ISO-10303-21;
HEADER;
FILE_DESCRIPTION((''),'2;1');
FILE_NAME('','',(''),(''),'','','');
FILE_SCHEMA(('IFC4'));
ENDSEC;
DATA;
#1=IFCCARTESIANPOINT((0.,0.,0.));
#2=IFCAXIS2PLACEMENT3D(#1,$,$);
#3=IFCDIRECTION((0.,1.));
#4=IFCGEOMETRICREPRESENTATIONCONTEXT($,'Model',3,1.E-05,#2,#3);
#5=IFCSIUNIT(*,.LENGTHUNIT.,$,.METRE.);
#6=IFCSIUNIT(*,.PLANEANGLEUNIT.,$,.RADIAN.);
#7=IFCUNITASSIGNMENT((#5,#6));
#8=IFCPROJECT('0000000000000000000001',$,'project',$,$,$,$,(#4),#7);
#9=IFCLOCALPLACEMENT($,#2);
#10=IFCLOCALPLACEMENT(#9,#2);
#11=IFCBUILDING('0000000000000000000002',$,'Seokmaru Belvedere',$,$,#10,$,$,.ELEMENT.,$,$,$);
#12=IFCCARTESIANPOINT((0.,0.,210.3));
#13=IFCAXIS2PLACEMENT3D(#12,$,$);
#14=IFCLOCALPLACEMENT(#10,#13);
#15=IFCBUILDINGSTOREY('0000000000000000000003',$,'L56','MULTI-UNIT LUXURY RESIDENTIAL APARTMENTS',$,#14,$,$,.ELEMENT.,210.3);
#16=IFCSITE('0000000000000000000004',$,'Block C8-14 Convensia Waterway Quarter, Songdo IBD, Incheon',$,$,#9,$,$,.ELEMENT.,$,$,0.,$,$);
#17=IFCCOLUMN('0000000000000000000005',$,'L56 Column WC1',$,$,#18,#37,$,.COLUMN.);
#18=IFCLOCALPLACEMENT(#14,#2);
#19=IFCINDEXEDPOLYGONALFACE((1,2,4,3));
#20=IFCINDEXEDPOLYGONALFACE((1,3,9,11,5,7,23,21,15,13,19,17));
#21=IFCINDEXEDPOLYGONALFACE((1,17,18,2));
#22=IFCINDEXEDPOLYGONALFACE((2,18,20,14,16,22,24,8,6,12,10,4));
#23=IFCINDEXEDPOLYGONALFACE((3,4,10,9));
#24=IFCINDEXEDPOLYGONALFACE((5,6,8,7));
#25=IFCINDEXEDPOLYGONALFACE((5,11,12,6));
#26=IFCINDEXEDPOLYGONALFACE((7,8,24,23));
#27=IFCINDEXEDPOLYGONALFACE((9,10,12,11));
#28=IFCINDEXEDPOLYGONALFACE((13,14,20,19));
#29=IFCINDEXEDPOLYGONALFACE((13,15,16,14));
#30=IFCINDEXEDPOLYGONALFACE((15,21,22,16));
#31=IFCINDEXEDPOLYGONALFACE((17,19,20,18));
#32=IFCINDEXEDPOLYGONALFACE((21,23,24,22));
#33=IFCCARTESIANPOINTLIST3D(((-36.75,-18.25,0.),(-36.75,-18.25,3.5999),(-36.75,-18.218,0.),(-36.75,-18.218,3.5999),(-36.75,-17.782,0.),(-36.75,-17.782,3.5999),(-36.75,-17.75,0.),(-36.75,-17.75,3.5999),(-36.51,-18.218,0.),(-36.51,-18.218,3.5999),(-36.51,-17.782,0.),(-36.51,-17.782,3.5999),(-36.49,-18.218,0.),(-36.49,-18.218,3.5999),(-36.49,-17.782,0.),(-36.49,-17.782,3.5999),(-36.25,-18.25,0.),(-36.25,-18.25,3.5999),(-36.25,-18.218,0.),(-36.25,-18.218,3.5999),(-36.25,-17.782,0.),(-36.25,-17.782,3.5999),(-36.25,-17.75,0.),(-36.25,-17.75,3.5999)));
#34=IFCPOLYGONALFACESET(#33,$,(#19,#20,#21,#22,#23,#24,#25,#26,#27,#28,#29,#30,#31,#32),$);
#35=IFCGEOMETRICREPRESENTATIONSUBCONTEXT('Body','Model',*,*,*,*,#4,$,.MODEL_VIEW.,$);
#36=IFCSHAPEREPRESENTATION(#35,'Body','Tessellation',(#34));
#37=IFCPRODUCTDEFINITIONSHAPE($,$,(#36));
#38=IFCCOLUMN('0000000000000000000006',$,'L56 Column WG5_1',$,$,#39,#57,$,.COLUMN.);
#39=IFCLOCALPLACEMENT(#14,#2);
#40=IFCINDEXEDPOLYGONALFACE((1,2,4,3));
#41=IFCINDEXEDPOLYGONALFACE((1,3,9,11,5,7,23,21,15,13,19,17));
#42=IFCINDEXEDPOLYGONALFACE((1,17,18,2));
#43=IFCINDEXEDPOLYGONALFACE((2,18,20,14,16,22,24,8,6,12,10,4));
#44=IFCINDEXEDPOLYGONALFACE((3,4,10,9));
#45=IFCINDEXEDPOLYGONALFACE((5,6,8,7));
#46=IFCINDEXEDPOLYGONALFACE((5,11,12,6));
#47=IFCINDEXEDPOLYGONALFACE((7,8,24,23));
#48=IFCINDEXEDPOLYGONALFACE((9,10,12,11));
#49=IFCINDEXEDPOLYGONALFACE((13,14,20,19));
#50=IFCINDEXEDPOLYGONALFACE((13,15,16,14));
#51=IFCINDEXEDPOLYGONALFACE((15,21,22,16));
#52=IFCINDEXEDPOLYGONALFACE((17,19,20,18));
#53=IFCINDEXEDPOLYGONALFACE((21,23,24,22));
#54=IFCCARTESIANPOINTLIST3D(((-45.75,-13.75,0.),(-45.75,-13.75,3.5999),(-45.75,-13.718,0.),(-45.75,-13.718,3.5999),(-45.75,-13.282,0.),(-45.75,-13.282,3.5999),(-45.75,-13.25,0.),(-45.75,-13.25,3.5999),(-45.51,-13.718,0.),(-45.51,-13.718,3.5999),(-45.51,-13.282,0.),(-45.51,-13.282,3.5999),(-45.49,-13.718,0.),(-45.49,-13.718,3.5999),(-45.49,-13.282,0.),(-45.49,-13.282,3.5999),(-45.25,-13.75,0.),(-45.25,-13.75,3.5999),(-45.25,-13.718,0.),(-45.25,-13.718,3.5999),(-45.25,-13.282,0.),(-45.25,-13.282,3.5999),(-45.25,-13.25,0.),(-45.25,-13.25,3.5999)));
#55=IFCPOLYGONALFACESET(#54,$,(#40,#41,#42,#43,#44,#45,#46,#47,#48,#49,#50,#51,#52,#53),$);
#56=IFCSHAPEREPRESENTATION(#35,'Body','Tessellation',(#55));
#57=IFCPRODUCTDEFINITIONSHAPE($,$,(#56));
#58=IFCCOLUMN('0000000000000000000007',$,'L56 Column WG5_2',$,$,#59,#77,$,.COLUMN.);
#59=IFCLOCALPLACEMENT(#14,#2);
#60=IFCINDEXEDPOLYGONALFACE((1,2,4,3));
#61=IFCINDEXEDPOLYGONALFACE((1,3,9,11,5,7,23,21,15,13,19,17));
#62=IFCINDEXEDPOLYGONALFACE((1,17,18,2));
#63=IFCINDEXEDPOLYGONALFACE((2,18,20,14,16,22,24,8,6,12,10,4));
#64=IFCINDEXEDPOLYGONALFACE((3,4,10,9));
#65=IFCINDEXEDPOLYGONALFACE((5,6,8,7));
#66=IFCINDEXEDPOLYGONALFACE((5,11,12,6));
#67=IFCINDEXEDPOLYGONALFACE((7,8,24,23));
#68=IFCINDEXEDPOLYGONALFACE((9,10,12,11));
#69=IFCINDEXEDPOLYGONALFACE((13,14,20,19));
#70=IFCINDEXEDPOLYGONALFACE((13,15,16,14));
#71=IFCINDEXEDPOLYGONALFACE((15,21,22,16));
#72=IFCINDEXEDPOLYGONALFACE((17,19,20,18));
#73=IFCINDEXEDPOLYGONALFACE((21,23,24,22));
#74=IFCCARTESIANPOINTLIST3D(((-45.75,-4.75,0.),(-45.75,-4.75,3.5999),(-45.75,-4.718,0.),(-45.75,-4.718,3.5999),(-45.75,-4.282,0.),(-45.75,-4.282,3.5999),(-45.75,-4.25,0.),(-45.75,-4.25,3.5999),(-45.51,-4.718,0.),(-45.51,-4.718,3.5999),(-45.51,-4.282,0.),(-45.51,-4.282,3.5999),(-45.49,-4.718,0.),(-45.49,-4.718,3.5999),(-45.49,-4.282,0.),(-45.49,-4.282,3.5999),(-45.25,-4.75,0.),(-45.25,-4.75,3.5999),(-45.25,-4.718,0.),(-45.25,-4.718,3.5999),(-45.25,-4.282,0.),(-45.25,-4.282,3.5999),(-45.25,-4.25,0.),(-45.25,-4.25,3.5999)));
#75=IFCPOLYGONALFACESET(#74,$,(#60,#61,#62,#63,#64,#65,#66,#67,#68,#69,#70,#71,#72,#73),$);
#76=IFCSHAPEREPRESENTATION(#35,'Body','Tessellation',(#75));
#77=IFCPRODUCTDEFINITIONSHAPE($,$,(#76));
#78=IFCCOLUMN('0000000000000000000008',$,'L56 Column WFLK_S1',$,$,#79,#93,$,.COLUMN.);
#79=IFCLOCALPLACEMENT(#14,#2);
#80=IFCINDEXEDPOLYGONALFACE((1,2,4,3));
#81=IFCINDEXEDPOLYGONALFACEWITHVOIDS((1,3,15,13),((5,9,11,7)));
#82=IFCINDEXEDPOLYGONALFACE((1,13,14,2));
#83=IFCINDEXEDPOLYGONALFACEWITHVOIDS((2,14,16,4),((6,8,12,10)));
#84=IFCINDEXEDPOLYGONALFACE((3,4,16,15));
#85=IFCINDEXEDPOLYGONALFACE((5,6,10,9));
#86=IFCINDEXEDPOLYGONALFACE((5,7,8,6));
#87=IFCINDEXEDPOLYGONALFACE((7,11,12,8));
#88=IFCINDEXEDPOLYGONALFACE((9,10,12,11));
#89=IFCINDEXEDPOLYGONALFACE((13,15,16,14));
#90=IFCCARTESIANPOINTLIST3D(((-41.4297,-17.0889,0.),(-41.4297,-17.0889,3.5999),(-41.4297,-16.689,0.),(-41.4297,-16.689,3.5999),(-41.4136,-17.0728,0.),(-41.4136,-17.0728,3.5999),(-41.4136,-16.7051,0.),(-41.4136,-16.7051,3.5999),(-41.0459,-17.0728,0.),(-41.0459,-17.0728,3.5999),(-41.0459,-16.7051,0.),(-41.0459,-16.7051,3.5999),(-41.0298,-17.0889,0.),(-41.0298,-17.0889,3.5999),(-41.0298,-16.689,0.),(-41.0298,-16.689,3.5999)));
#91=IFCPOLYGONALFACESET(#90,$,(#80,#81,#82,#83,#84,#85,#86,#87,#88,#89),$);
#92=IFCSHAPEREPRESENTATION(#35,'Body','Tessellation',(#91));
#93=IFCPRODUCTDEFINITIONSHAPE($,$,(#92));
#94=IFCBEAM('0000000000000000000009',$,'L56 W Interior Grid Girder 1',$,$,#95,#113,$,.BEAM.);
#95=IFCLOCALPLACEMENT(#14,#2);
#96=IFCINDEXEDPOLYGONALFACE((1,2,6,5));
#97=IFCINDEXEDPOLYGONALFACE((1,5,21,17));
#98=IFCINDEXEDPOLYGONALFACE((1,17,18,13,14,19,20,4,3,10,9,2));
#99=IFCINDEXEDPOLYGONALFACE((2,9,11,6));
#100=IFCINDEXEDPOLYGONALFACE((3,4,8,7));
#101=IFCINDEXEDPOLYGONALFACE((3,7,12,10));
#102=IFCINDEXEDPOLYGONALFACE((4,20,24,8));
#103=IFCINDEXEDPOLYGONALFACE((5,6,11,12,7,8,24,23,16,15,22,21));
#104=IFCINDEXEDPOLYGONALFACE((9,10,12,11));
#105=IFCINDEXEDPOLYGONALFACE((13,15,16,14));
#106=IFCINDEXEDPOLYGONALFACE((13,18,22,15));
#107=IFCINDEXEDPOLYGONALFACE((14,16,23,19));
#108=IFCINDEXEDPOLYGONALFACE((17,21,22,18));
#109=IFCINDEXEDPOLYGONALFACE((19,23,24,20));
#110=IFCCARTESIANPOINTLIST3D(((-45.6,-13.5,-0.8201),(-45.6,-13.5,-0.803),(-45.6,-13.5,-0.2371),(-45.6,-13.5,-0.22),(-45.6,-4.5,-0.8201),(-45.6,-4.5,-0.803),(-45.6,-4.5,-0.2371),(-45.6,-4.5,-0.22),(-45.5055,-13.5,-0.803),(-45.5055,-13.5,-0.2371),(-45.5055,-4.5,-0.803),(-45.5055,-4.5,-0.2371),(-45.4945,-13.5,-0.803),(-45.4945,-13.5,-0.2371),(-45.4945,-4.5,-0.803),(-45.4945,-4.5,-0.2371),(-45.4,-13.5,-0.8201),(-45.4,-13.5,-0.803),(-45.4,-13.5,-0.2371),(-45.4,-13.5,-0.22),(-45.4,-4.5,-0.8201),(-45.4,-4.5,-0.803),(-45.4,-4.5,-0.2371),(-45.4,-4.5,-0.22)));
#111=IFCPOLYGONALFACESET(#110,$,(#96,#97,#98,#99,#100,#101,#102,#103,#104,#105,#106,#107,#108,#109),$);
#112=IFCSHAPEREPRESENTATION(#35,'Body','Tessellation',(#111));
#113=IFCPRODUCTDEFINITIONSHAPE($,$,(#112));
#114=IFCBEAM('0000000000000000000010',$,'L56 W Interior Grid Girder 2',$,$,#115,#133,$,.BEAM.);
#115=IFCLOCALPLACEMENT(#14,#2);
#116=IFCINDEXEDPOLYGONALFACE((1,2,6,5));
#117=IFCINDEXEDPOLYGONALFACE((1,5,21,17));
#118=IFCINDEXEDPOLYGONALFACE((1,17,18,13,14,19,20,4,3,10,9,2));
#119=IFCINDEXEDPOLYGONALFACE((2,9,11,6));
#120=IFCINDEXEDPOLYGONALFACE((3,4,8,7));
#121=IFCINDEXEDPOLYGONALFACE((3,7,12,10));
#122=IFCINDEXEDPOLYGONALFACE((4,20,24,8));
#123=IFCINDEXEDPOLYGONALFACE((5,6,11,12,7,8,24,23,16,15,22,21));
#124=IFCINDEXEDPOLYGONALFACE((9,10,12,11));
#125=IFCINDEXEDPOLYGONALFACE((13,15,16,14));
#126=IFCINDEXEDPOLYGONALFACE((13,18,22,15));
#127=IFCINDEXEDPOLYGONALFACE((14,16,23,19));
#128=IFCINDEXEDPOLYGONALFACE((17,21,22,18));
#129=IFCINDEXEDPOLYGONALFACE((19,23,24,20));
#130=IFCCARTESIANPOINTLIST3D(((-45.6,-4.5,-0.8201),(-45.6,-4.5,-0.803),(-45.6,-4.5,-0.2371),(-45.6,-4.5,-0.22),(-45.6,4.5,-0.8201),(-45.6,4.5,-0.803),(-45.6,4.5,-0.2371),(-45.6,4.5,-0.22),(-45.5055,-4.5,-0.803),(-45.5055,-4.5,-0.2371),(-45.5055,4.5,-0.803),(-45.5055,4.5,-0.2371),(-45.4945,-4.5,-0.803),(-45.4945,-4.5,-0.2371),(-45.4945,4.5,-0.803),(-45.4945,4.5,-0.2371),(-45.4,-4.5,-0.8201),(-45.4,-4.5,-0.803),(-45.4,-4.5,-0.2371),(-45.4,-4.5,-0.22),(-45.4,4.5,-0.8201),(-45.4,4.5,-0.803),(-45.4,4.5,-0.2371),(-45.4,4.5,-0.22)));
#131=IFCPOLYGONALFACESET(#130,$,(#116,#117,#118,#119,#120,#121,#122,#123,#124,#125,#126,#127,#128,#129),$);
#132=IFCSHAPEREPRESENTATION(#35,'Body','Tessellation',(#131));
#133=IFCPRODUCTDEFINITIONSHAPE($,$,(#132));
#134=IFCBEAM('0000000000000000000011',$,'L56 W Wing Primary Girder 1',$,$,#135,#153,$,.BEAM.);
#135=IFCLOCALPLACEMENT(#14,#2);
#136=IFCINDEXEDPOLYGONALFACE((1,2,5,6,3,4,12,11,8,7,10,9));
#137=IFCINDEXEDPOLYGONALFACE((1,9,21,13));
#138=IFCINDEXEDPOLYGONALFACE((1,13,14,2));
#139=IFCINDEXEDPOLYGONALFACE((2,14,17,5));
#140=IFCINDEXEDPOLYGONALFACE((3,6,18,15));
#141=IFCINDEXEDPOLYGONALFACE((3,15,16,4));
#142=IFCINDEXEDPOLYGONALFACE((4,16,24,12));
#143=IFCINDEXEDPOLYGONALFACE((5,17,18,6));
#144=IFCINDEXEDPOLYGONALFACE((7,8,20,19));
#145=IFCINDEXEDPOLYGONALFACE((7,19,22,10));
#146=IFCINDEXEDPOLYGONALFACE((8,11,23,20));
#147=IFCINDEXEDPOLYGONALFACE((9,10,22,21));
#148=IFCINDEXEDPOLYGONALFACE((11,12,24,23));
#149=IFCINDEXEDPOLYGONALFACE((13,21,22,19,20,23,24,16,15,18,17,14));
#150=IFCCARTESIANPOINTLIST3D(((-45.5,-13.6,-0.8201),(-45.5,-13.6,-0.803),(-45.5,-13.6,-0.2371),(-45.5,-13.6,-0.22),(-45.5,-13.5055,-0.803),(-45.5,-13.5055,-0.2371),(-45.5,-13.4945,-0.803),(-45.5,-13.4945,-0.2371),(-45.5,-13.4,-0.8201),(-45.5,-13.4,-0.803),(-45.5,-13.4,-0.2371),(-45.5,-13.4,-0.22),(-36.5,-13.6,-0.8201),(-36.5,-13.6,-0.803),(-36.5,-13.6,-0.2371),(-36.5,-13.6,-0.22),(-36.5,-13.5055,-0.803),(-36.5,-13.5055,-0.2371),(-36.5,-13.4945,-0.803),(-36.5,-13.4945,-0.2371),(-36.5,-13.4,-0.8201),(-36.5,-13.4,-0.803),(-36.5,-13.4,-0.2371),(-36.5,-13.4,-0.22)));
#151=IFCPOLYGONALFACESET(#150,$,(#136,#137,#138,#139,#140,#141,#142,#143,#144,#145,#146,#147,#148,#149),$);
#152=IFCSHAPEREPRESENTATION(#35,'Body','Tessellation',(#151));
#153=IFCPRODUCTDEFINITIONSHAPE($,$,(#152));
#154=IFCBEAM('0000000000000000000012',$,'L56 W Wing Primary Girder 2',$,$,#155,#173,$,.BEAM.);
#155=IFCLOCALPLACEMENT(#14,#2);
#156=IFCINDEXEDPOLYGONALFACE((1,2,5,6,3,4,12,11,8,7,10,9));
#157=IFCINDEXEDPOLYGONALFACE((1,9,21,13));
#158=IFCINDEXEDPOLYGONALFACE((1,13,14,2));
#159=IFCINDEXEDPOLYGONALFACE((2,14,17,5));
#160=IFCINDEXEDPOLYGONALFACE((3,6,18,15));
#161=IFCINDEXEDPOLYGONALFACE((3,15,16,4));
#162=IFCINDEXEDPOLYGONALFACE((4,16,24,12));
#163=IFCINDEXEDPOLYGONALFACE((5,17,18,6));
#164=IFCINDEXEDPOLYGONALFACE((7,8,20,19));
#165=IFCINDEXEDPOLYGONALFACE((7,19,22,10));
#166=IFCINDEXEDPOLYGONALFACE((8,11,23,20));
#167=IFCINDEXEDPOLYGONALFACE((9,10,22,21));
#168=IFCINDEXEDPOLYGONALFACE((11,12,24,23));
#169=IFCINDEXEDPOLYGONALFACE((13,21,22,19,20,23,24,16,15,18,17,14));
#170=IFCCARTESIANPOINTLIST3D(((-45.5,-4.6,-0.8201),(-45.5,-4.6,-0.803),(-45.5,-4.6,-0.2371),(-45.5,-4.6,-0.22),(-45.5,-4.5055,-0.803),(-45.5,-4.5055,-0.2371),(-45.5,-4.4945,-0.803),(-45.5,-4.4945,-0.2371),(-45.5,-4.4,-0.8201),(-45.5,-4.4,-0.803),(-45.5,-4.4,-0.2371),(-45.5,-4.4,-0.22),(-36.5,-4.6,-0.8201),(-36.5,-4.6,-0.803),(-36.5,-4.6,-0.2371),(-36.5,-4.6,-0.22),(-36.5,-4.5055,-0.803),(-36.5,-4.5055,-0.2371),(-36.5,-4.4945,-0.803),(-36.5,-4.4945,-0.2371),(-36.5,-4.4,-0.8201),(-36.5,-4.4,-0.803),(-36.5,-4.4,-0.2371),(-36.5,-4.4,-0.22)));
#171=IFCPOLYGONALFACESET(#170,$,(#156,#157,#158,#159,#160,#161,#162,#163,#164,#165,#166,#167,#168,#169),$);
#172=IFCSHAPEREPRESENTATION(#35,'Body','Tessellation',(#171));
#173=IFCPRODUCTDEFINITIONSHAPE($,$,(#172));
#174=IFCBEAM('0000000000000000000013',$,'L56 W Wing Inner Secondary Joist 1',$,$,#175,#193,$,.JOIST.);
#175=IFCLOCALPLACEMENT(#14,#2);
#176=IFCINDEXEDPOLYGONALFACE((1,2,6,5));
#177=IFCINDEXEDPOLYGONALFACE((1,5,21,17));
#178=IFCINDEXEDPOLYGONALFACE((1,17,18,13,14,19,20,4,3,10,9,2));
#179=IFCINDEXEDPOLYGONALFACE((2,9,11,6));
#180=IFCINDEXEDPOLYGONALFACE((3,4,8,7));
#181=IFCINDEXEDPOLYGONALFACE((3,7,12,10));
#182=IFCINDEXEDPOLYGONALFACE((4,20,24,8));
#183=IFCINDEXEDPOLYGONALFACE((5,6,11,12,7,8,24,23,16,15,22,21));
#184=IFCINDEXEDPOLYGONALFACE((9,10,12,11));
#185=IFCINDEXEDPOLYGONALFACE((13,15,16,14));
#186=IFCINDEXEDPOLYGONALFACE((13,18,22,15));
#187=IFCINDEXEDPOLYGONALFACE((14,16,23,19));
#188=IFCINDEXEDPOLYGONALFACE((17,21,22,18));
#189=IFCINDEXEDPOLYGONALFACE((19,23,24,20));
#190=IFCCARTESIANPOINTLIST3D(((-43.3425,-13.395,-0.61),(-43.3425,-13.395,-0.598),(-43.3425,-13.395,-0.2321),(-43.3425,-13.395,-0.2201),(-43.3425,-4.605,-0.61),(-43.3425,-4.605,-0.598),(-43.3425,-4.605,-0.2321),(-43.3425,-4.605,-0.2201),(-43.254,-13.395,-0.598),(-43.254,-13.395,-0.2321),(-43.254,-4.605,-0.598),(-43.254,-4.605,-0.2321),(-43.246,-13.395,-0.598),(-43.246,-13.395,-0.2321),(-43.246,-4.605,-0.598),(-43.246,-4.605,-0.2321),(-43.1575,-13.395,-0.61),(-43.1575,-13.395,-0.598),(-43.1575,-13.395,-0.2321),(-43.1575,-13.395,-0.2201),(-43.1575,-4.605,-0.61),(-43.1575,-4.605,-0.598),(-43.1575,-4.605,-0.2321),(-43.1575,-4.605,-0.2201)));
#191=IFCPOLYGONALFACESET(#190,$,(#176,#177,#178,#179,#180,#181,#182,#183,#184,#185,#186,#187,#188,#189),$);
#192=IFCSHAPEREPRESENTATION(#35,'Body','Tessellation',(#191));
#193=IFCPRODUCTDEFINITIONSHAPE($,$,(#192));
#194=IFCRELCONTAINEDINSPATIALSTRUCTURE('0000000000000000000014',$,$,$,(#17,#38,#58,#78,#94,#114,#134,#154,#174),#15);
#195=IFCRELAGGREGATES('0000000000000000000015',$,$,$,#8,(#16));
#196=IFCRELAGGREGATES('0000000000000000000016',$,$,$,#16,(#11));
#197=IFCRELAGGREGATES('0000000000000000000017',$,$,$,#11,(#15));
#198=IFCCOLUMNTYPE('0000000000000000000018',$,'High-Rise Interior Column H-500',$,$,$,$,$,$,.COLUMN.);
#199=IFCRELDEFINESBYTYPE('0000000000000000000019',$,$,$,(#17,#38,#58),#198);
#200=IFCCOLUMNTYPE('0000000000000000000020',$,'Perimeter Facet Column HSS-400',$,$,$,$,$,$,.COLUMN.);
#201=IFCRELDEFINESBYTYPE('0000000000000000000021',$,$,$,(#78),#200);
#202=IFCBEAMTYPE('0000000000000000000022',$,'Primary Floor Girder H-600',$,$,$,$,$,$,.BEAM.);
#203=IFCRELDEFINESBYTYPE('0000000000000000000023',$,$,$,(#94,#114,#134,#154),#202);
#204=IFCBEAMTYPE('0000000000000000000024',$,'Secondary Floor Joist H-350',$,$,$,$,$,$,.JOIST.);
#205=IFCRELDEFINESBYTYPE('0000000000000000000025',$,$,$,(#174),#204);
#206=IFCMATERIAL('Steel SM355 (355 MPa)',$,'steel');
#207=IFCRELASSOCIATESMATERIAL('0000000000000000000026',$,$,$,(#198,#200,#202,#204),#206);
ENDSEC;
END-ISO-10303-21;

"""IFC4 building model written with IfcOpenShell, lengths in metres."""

from ifc_helpers import new_model, si_unit, direction, frame, origin, origin_2d, place, context, subcontext, project, spatial, hollow_rectangle, i_section, extrude, source, transform, mapped, material, material_profile, profile_set, type_object, type_shapes, element, save


model = new_model("IFC4")

# Units and contexts
model_context = context("Model", 3, precision=1e-05, world=origin(), true_north=direction((0.0, 1.0)))
body_context = subcontext(model_context, "Body", "Model", "MODEL_VIEW")
ifc_project = project(units=[si_unit("LENGTHUNIT", "METRE"), si_unit("PLANEANGLEUNIT", "RADIAN")], contexts=[model_context])

# Site, building, storey
site_placement = place(None, origin())
site = spatial("IfcSite", under=ifc_project, at=site_placement, Name="Block C8-14 Convensia Waterway Quarter, Songdo IBD, Incheon", CompositionType="ELEMENT", RefElevation=0.0)
building_placement = place(site_placement, origin())
building = spatial("IfcBuilding", under=site, at=building_placement, Name="Seokmaru Belvedere", CompositionType="ELEMENT")
storey_placement = place(building_placement, frame((0.0, 0.0, 210.3)))
storey = spatial("IfcBuildingStorey", under=building, at=storey_placement, Name="L56", Description="MULTI-UNIT LUXURY RESIDENTIAL APARTMENTS", CompositionType="ELEMENT", Elevation=210.3)

# Columns
ifc_material_1 = material(Name="Steel SM355 (355 MPa)", Category="steel")
ifc_material_profile_1 = material_profile(ifc_material_1, i_section(OverallWidth=0.5, OverallDepth=0.5, WebThickness=0.02, FlangeThickness=0.032, at=origin_2d()), Name="H-500x500x20x32")
ifc_profile_set_1 = profile_set([ifc_material_profile_1], Name="Steel SM355 (355 MPa)")
column_type_1 = type_object("IfcColumnType", Name="High-Rise Interior Column H-500", PredefinedType="COLUMN", material=ifc_profile_set_1)
shared_shape_1 = source(origin(), body_context, "Body", "SweptSolid", [
    extrude(i_section(OverallWidth=0.5, OverallDepth=0.5, WebThickness=0.02, FlangeThickness=0.032, at=origin_2d()), origin(), (0.0, 0.0, 1.0), 3.5999),
])
type_shapes(column_type_1, [shared_shape_1])
for number, where, z_axis, x_axis, name in (
    (1, (-36.5, -18.0, 0.0), (0.0, 0.0, 1.0), (1.0, 0.0, 0.0), "L56 Column WC1"),
    (2, (-45.5, -13.5, 0.0), (0.0, 0.0, 1.0), (1.0, 0.0, 0.0), "L56 Column WG5_1"),
    (3, (-45.5, -4.5, 0.0), (0.0, 0.0, 1.0), (1.0, 0.0, 0.0), "L56 Column WG5_2"),
):
    element("IfcColumn", number, at=place(storey_placement, frame(where, z_axis=z_axis, x_axis=x_axis)), inside=storey, type_object=column_type_1, Name=name, PredefinedType="COLUMN", context=body_context, shape_type="MappedRepresentation", body=[
        mapped(shared_shape_1, transform((0.0, 0.0, 0.0), scale=1.0)),
    ])
ifc_material_profile_2 = material_profile(ifc_material_1, hollow_rectangle(XDim=0.3999, YDim=0.3999, WallThickness=0.0161, at=origin_2d()), Name="HSS-400x400x16")
ifc_profile_set_2 = profile_set([ifc_material_profile_2], Name="Steel SM355 (355 MPa)")
column_type_2 = type_object("IfcColumnType", Name="Perimeter Facet Column HSS-400", PredefinedType="COLUMN", material=ifc_profile_set_2)
shared_shape_2 = source(origin(), body_context, "Body", "SweptSolid", [
    extrude(hollow_rectangle(XDim=0.3999, YDim=0.3999, WallThickness=0.0161, at=origin_2d()), origin(), (0.0, 0.0, 1.0), 3.5999),
])
type_shapes(column_type_2, [shared_shape_2])
column_placement = place(storey_placement, frame((-41.2297, -16.8889, 0.0), z_axis=(0.0, 0.0, 1.0), x_axis=(1.0, 0.0, 0.0)))
element("IfcColumn", 4, at=column_placement, inside=storey, type_object=column_type_2, Name="L56 Column WFLK_S1", PredefinedType="COLUMN", context=body_context, shape_type="MappedRepresentation", body=[
    mapped(shared_shape_2, transform((0.0, 0.0, 0.0), scale=1.0)),
])

# Beams
ifc_material_profile_3 = material_profile(ifc_material_1, i_section(OverallWidth=0.2, OverallDepth=0.6001, WebThickness=0.011, FlangeThickness=0.0171, at=origin_2d()), Name="H-600x200x11x17")
ifc_profile_set_3 = profile_set([ifc_material_profile_3], Name="Steel SM355 (355 MPa)")
beam_type_1 = type_object("IfcBeamType", Name="Primary Floor Girder H-600", PredefinedType="BEAM", material=ifc_profile_set_3)
shared_shape_3 = source(origin(), body_context, "Body", "SweptSolid", [
    extrude(i_section(OverallWidth=0.2, OverallDepth=0.6001, WebThickness=0.011, FlangeThickness=0.0171, at=origin_2d()), origin(), (0.0, 0.0, 1.0), 9.0),
])
for number, where, z_axis, x_axis, name in (
    (5, (-45.5, -13.5, -0.52), (0.0, 1.0, 0.0), (-1.0, 0.0, 0.0), "L56 W Interior Grid Girder 1"),
    (6, (-45.5, -4.5, -0.52), (0.0, 1.0, 0.0), (-1.0, 0.0, 0.0), "L56 W Interior Grid Girder 2"),
    (7, (-45.5, -13.5, -0.52), (1.0, 0.0, 0.0), (0.0, 1.0, 0.0), "L56 W Wing Primary Girder 1"),
    (8, (-45.5, -4.5, -0.52), (1.0, 0.0, 0.0), (0.0, 1.0, 0.0), "L56 W Wing Primary Girder 2"),
):
    element("IfcBeam", number, at=place(storey_placement, frame(where, z_axis=z_axis, x_axis=x_axis)), inside=storey, type_object=beam_type_1, Name=name, PredefinedType="BEAM", context=body_context, shape_type="MappedRepresentation", body=[
        mapped(shared_shape_3, transform((0.0, 0.0, 0.0), scale=1.0)),
    ])
ifc_material_profile_4 = material_profile(ifc_material_1, i_section(OverallWidth=0.1851, OverallDepth=0.3899, WebThickness=0.0081, FlangeThickness=0.012, at=origin_2d()), Name="H-390x185x8x12")
ifc_profile_set_4 = profile_set([ifc_material_profile_4], Name="Steel SM355 (355 MPa)")
beam_type_2 = type_object("IfcBeamType", Name="Secondary Floor Joist H-350", PredefinedType="JOIST", material=ifc_profile_set_4)
shared_shape_4 = source(origin(), body_context, "Body", "SweptSolid", [
    extrude(i_section(OverallWidth=0.1851, OverallDepth=0.3899, WebThickness=0.0081, FlangeThickness=0.012, at=origin_2d()), origin(), (0.0, 0.0, 1.0), 8.79),
])
type_shapes(beam_type_2, [shared_shape_4])
for number, where, z_axis, x_axis, name in (
    (9, (-43.25, -13.395, -0.415), (0.0, 1.0, 0.0), (-1.0, 0.0, 0.0), "L56 W Wing Inner Secondary Joist 1"),
):
    element("IfcBeam", number, at=place(storey_placement, frame(where, z_axis=z_axis, x_axis=x_axis)), inside=storey, type_object=beam_type_2, Name=name, PredefinedType="JOIST", context=body_context, shape_type="MappedRepresentation", body=[
        mapped(shared_shape_4, transform((0.0, 0.0, 0.0), scale=1.0)),
    ])

save(model, "model.ifc")
